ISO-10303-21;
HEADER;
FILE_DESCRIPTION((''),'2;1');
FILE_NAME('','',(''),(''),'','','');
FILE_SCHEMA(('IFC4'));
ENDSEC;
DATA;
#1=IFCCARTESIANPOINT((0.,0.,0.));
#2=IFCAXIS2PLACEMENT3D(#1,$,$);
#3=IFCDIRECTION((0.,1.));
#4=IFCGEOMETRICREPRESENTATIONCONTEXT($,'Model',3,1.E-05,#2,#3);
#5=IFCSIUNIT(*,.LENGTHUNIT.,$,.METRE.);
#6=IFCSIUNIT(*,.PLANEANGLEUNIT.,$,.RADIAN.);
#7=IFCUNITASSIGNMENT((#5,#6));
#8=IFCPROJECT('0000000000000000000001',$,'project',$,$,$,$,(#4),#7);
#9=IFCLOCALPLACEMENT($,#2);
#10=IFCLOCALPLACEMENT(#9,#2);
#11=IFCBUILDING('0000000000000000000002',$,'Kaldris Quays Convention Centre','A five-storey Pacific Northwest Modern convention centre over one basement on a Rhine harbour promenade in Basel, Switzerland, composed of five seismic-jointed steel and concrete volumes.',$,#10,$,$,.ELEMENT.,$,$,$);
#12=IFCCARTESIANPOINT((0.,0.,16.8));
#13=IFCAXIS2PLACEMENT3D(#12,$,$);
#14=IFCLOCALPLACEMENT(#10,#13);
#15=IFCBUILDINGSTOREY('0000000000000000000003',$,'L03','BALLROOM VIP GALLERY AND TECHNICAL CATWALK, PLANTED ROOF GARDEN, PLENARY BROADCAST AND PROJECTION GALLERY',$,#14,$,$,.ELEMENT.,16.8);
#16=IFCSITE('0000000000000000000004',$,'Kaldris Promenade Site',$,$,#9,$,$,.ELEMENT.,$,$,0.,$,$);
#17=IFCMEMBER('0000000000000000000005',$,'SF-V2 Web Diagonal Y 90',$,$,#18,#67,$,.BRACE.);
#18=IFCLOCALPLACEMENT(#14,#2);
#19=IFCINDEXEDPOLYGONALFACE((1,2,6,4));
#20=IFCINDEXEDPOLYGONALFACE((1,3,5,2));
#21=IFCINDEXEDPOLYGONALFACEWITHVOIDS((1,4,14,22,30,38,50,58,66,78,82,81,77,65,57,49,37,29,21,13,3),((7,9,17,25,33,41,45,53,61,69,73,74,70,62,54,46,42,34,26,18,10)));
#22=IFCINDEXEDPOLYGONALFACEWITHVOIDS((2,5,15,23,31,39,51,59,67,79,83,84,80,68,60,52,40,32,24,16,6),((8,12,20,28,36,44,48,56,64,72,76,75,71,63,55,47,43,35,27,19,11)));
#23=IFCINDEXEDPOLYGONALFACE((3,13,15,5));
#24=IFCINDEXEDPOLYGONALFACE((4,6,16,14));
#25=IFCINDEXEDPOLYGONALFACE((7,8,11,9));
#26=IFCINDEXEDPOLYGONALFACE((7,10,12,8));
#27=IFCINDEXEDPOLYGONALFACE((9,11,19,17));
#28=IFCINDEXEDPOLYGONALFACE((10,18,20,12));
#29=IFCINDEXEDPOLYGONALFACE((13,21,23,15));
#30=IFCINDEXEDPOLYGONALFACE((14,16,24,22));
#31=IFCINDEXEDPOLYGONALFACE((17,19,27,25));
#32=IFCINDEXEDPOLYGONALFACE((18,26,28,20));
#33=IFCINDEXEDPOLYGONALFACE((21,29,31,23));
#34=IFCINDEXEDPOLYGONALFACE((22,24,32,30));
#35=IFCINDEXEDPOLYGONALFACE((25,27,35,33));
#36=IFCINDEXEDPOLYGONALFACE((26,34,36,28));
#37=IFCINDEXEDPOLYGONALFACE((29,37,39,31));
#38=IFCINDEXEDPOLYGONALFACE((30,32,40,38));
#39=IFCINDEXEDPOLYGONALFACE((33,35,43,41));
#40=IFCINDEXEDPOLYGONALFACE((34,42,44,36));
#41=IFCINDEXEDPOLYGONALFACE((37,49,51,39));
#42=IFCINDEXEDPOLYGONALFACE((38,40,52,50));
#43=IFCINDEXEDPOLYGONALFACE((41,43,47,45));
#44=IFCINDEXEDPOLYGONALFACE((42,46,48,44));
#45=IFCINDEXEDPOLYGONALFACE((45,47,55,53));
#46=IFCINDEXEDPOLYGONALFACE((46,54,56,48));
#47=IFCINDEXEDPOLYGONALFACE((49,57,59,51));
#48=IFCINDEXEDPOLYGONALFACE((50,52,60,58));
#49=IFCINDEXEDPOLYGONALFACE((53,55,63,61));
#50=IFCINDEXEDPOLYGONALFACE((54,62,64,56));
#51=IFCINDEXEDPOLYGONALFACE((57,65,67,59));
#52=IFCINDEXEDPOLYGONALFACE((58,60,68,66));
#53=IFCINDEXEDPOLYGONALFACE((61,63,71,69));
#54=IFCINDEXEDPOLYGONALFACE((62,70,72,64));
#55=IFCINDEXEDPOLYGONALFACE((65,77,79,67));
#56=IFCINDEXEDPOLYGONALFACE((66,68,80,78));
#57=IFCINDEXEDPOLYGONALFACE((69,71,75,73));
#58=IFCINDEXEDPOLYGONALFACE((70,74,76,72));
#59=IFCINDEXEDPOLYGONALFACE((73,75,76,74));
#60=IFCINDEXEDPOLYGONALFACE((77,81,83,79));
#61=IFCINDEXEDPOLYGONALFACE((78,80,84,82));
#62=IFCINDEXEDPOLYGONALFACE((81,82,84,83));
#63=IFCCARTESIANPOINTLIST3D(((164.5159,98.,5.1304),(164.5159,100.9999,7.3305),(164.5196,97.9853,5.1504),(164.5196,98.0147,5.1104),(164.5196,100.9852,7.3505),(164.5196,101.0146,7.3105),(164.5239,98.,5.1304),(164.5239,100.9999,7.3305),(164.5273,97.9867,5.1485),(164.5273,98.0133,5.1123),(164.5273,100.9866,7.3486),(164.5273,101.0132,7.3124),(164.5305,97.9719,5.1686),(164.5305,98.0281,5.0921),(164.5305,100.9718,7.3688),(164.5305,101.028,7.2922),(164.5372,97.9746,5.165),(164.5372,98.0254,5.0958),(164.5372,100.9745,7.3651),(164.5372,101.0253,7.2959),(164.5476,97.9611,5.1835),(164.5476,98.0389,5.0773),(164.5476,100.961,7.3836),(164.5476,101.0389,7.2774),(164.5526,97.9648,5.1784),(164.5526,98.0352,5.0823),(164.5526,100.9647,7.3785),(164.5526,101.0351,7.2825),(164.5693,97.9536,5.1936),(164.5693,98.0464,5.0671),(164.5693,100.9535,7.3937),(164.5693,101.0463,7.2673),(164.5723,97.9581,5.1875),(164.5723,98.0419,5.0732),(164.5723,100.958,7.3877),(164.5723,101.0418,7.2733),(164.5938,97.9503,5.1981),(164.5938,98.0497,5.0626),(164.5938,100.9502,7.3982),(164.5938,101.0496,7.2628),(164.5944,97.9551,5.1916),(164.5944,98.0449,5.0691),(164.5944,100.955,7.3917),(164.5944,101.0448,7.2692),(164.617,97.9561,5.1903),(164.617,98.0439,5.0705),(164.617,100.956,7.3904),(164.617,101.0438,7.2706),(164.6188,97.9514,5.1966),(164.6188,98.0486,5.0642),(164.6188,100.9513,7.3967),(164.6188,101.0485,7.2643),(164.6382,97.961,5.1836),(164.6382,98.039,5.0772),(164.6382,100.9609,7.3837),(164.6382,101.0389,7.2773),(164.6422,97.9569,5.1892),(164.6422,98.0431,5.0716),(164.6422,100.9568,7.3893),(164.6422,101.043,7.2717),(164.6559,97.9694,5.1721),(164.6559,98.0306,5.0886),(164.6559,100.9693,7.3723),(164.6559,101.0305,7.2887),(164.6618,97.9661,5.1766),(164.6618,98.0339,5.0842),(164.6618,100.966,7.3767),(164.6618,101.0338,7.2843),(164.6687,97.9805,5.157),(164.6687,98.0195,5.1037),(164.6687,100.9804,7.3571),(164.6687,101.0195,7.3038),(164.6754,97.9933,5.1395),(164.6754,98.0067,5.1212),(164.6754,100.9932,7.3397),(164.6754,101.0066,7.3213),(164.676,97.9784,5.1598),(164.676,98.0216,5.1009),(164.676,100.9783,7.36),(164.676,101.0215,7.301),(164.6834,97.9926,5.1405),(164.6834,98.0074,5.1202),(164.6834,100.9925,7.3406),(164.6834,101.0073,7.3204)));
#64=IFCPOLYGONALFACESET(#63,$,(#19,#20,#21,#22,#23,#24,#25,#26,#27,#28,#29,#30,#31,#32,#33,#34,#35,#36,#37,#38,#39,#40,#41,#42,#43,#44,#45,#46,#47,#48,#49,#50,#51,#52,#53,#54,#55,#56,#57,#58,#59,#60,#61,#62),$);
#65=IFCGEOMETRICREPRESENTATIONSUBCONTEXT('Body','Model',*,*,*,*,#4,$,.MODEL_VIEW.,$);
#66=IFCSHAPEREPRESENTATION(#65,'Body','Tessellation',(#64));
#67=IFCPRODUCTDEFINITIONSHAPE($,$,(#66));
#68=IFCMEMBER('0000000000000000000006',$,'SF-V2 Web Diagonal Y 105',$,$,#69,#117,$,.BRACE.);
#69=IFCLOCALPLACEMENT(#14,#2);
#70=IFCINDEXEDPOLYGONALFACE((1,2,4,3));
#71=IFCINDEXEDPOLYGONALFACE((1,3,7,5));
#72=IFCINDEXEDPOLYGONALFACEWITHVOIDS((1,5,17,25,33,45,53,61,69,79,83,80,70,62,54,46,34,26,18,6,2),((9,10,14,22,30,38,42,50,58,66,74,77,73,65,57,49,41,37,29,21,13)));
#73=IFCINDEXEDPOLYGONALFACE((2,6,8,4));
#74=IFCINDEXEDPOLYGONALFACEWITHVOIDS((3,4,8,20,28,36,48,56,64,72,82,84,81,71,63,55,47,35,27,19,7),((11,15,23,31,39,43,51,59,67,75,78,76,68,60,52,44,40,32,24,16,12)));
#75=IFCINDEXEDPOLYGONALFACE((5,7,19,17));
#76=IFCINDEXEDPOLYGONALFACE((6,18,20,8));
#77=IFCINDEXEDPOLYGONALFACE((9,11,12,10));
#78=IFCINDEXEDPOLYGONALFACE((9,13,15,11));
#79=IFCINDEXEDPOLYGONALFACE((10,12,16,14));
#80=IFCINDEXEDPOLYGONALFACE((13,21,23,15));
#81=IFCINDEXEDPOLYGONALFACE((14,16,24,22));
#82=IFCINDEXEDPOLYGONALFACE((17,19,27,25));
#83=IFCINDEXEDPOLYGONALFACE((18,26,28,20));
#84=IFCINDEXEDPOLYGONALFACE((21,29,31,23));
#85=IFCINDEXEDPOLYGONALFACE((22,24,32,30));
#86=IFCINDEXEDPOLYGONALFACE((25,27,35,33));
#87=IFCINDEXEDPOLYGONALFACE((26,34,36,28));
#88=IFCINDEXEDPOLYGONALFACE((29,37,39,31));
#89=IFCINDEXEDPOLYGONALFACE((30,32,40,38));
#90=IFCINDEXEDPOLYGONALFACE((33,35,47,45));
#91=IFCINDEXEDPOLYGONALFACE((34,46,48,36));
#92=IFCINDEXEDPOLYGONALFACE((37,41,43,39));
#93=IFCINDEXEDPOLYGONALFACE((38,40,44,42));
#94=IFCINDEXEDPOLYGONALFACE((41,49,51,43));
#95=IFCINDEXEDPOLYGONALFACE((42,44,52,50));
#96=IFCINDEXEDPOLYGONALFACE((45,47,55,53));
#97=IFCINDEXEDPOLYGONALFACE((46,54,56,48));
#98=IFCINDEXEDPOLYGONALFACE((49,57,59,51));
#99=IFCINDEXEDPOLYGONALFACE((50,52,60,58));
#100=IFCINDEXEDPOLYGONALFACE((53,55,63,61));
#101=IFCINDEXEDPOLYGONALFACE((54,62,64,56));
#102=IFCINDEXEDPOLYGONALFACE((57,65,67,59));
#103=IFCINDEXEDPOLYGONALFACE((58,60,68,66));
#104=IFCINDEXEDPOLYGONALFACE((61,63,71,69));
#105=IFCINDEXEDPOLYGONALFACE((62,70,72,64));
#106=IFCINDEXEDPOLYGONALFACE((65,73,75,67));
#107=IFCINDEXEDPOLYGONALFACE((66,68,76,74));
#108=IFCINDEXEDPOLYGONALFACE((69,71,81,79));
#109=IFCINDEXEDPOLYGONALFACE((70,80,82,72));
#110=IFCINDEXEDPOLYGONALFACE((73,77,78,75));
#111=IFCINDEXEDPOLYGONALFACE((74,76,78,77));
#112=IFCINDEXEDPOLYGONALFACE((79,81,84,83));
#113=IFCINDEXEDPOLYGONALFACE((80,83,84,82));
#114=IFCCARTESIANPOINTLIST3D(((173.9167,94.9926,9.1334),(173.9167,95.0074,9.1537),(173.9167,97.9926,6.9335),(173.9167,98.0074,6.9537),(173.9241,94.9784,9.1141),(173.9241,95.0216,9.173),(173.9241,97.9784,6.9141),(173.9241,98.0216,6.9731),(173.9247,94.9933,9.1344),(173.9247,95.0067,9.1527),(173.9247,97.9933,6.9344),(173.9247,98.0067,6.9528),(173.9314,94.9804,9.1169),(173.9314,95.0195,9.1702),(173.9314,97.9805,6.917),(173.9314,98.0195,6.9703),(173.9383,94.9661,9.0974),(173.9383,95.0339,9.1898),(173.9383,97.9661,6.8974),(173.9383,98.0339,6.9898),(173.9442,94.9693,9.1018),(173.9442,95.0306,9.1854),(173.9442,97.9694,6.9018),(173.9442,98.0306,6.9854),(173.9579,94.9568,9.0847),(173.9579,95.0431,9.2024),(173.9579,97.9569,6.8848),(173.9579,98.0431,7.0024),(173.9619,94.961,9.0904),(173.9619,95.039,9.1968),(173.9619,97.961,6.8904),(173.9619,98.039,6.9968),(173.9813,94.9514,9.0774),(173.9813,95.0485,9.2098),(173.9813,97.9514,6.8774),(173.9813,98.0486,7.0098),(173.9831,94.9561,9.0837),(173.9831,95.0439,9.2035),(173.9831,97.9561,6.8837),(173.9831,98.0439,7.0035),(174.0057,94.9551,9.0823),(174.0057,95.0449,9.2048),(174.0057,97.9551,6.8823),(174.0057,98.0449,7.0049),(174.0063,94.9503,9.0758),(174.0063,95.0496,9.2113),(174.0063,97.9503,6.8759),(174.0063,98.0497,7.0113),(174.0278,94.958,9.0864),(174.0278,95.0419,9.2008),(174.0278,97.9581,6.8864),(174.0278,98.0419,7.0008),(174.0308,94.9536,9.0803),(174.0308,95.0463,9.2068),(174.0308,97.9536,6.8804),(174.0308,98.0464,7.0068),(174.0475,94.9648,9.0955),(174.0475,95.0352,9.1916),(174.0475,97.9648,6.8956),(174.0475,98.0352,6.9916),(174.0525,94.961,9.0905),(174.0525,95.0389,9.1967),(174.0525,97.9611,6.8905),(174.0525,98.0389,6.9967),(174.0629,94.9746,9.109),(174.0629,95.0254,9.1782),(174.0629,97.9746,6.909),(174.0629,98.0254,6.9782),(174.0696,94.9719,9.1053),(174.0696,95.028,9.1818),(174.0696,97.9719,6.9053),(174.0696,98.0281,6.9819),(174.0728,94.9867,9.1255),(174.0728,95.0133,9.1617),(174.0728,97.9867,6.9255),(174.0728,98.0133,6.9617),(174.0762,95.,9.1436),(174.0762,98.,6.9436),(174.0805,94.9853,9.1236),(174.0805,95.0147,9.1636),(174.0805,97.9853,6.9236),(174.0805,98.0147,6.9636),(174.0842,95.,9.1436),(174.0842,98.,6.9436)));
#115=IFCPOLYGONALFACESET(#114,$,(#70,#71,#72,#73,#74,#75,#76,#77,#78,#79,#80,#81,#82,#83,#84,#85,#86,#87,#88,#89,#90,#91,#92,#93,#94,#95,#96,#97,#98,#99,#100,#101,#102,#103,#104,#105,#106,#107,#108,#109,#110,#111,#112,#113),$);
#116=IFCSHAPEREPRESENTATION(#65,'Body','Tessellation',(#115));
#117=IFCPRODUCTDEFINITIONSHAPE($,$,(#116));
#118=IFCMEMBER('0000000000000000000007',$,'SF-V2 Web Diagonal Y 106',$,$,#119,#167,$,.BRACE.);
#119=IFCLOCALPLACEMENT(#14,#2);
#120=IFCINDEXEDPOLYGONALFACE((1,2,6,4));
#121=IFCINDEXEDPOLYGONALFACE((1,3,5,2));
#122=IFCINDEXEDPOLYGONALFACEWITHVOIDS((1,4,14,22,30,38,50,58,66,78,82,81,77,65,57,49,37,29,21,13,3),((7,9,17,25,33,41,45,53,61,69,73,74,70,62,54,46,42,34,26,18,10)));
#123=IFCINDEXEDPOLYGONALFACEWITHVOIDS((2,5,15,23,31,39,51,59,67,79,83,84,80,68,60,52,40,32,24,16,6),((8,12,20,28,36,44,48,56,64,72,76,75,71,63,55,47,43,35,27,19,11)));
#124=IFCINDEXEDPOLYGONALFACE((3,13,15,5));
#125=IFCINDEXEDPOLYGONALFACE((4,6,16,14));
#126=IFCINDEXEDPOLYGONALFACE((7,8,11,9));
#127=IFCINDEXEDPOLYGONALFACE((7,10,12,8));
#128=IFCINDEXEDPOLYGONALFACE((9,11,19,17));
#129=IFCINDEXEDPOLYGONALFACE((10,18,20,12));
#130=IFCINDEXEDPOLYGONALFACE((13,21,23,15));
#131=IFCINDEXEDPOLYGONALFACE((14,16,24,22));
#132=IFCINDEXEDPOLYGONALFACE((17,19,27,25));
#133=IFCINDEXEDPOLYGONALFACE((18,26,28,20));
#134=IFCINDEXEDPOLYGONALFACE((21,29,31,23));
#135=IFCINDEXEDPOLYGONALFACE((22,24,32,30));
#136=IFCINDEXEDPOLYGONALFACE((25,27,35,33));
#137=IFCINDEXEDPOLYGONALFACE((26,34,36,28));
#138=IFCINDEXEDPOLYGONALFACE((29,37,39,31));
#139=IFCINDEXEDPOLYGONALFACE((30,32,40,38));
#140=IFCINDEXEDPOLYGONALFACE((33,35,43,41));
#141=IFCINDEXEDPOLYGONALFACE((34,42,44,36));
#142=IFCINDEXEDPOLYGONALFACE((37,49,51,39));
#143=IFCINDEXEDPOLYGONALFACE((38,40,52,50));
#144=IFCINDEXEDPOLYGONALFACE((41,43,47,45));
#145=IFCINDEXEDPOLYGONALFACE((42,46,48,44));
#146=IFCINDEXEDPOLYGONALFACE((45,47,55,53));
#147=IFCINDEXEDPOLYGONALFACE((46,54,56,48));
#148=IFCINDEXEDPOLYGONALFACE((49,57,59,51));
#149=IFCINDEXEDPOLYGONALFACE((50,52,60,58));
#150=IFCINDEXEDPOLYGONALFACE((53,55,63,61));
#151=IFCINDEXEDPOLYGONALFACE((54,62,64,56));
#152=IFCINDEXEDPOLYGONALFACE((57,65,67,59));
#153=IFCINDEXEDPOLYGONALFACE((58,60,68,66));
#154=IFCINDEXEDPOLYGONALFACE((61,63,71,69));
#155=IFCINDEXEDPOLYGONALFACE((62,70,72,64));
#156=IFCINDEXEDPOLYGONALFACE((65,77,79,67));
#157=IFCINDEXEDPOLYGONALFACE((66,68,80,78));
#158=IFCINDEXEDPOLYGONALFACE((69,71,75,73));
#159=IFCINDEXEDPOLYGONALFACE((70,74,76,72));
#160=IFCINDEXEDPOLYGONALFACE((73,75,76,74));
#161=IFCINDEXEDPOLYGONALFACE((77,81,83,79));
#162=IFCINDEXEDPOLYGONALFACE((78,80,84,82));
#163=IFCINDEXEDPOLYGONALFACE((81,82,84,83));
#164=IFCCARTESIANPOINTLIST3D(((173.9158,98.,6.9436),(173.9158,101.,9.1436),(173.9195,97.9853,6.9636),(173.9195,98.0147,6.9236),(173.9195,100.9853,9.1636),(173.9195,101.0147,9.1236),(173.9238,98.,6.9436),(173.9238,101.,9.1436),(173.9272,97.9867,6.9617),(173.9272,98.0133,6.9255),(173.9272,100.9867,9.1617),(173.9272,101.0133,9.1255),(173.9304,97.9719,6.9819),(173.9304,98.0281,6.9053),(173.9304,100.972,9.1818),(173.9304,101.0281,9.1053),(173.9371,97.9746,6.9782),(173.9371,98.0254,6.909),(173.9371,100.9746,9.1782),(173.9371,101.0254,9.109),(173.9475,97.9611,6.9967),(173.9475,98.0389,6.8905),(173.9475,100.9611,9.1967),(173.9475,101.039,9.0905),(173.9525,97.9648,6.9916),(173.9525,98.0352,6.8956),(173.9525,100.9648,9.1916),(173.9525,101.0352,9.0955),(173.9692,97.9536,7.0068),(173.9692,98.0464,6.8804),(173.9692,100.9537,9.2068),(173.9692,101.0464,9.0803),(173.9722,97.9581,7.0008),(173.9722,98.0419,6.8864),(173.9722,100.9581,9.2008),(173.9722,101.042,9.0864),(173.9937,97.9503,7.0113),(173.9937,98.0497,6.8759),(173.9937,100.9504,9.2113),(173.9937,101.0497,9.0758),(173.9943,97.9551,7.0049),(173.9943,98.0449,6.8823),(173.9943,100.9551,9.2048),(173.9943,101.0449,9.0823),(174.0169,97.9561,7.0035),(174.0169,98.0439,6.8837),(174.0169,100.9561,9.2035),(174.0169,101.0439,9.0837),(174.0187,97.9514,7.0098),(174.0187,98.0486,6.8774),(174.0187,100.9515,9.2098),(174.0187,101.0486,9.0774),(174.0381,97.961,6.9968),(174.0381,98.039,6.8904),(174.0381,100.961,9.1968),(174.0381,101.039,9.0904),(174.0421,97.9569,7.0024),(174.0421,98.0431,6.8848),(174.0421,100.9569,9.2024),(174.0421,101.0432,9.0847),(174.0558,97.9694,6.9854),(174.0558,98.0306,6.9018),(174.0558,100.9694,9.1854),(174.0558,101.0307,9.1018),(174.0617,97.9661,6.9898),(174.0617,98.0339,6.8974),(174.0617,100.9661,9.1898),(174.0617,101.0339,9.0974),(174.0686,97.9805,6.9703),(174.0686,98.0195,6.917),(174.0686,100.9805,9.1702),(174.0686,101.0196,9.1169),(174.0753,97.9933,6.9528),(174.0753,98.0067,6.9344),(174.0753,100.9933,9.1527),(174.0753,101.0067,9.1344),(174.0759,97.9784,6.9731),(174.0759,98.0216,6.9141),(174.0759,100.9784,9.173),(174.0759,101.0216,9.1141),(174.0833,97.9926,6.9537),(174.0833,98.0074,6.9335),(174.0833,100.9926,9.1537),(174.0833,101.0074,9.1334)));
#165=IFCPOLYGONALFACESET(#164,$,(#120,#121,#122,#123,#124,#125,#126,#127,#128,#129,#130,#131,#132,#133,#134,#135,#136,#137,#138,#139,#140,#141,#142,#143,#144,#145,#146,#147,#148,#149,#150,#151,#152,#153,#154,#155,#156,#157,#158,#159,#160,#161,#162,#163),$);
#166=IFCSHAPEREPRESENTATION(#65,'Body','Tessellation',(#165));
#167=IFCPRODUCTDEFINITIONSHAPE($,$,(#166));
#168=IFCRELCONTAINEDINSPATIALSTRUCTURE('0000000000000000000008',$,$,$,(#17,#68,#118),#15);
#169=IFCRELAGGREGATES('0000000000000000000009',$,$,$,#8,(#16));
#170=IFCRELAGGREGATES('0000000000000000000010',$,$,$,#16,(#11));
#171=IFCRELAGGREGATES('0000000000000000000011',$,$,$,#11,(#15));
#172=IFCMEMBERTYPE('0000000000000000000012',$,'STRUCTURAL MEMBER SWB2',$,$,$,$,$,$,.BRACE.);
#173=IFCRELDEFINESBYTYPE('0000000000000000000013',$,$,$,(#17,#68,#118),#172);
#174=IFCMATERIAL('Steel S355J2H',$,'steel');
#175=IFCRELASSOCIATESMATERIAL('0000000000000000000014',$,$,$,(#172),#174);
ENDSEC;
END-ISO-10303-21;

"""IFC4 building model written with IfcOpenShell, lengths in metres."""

from ifc_helpers import new_model, si_unit, direction, frame, origin, origin_2d, place, context, subcontext, project, spatial, hollow_circle, extrude, material, material_profile, profile_set, type_object, element, save


model = new_model("IFC4")

# Units and contexts
model_context = context("Model", 3, precision=1e-05, world=origin(), true_north=direction((0.0, 1.0)))
body_context = subcontext(model_context, "Body", "Model", "MODEL_VIEW")
ifc_project = project(units=[si_unit("LENGTHUNIT", "METRE"), si_unit("PLANEANGLEUNIT", "RADIAN")], contexts=[model_context])

# Site, building, storey
site_placement = place(None, origin())
site = spatial("IfcSite", under=ifc_project, at=site_placement, Name="Kaldris Promenade Site", CompositionType="ELEMENT", RefElevation=0.0)
building_placement = place(site_placement, origin())
building = spatial("IfcBuilding", under=site, at=building_placement, Name="Kaldris Quays Convention Centre", Description="A five-storey Pacific Northwest Modern convention centre over one basement on a Rhine harbour promenade in Basel, Switzerland, composed of five seismic-jointed steel and concrete volumes.", CompositionType="ELEMENT")
storey_placement = place(building_placement, frame((0.0, 0.0, 16.8)))
storey = spatial("IfcBuildingStorey", under=building, at=storey_placement, Name="L03", Description="BALLROOM VIP GALLERY AND TECHNICAL CATWALK, PLANTED ROOF GARDEN, PLENARY BROADCAST AND PROJECTION GALLERY", CompositionType="ELEMENT", Elevation=16.8)

# Members
ifc_material_1 = material(Name="Steel S355J2H", Category="steel")
ifc_material_profile_1 = material_profile(ifc_material_1, hollow_circle(Radius=0.0842, WallThickness=0.0081, at=origin_2d()), Name="CHS 168.3x8")
ifc_profile_set_1 = profile_set([ifc_material_profile_1], Name="Steel S355J2H")
member_type_1 = type_object("IfcMemberType", Name="STRUCTURAL MEMBER SWB2", PredefinedType="BRACE", material=ifc_profile_set_1)
for number, where, z_axis, x_axis, name in (
    (1, (164.6001, 98.0, 5.1304), (0.0, 0.80638, 0.591398), (-1.0, 0.0, 0.0), "SF-V2 Web Diagonal Y 90"),
    (2, (174.0, 98.0, 6.9436), (0.0, -0.806411, 0.591355), (1.0, 0.0, 0.0), "SF-V2 Web Diagonal Y 105"),
    (3, (174.0, 98.0, 6.9436), (0.0, 0.806411, 0.591355), (-1.0, 0.0, 0.0), "SF-V2 Web Diagonal Y 106"),
):
    element("IfcMember", number, at=place(storey_placement, frame(where, z_axis=z_axis, x_axis=x_axis)), inside=storey, type_object=member_type_1, Name=name, PredefinedType="BRACE", context=body_context, shape_type="SweptSolid", body=[
        extrude(hollow_circle(Radius=0.0842, WallThickness=0.0081, at=origin_2d()), origin(), (0.0, 0.0, 1.0), 3.7202),
    ])

save(model, "model.ifc")
